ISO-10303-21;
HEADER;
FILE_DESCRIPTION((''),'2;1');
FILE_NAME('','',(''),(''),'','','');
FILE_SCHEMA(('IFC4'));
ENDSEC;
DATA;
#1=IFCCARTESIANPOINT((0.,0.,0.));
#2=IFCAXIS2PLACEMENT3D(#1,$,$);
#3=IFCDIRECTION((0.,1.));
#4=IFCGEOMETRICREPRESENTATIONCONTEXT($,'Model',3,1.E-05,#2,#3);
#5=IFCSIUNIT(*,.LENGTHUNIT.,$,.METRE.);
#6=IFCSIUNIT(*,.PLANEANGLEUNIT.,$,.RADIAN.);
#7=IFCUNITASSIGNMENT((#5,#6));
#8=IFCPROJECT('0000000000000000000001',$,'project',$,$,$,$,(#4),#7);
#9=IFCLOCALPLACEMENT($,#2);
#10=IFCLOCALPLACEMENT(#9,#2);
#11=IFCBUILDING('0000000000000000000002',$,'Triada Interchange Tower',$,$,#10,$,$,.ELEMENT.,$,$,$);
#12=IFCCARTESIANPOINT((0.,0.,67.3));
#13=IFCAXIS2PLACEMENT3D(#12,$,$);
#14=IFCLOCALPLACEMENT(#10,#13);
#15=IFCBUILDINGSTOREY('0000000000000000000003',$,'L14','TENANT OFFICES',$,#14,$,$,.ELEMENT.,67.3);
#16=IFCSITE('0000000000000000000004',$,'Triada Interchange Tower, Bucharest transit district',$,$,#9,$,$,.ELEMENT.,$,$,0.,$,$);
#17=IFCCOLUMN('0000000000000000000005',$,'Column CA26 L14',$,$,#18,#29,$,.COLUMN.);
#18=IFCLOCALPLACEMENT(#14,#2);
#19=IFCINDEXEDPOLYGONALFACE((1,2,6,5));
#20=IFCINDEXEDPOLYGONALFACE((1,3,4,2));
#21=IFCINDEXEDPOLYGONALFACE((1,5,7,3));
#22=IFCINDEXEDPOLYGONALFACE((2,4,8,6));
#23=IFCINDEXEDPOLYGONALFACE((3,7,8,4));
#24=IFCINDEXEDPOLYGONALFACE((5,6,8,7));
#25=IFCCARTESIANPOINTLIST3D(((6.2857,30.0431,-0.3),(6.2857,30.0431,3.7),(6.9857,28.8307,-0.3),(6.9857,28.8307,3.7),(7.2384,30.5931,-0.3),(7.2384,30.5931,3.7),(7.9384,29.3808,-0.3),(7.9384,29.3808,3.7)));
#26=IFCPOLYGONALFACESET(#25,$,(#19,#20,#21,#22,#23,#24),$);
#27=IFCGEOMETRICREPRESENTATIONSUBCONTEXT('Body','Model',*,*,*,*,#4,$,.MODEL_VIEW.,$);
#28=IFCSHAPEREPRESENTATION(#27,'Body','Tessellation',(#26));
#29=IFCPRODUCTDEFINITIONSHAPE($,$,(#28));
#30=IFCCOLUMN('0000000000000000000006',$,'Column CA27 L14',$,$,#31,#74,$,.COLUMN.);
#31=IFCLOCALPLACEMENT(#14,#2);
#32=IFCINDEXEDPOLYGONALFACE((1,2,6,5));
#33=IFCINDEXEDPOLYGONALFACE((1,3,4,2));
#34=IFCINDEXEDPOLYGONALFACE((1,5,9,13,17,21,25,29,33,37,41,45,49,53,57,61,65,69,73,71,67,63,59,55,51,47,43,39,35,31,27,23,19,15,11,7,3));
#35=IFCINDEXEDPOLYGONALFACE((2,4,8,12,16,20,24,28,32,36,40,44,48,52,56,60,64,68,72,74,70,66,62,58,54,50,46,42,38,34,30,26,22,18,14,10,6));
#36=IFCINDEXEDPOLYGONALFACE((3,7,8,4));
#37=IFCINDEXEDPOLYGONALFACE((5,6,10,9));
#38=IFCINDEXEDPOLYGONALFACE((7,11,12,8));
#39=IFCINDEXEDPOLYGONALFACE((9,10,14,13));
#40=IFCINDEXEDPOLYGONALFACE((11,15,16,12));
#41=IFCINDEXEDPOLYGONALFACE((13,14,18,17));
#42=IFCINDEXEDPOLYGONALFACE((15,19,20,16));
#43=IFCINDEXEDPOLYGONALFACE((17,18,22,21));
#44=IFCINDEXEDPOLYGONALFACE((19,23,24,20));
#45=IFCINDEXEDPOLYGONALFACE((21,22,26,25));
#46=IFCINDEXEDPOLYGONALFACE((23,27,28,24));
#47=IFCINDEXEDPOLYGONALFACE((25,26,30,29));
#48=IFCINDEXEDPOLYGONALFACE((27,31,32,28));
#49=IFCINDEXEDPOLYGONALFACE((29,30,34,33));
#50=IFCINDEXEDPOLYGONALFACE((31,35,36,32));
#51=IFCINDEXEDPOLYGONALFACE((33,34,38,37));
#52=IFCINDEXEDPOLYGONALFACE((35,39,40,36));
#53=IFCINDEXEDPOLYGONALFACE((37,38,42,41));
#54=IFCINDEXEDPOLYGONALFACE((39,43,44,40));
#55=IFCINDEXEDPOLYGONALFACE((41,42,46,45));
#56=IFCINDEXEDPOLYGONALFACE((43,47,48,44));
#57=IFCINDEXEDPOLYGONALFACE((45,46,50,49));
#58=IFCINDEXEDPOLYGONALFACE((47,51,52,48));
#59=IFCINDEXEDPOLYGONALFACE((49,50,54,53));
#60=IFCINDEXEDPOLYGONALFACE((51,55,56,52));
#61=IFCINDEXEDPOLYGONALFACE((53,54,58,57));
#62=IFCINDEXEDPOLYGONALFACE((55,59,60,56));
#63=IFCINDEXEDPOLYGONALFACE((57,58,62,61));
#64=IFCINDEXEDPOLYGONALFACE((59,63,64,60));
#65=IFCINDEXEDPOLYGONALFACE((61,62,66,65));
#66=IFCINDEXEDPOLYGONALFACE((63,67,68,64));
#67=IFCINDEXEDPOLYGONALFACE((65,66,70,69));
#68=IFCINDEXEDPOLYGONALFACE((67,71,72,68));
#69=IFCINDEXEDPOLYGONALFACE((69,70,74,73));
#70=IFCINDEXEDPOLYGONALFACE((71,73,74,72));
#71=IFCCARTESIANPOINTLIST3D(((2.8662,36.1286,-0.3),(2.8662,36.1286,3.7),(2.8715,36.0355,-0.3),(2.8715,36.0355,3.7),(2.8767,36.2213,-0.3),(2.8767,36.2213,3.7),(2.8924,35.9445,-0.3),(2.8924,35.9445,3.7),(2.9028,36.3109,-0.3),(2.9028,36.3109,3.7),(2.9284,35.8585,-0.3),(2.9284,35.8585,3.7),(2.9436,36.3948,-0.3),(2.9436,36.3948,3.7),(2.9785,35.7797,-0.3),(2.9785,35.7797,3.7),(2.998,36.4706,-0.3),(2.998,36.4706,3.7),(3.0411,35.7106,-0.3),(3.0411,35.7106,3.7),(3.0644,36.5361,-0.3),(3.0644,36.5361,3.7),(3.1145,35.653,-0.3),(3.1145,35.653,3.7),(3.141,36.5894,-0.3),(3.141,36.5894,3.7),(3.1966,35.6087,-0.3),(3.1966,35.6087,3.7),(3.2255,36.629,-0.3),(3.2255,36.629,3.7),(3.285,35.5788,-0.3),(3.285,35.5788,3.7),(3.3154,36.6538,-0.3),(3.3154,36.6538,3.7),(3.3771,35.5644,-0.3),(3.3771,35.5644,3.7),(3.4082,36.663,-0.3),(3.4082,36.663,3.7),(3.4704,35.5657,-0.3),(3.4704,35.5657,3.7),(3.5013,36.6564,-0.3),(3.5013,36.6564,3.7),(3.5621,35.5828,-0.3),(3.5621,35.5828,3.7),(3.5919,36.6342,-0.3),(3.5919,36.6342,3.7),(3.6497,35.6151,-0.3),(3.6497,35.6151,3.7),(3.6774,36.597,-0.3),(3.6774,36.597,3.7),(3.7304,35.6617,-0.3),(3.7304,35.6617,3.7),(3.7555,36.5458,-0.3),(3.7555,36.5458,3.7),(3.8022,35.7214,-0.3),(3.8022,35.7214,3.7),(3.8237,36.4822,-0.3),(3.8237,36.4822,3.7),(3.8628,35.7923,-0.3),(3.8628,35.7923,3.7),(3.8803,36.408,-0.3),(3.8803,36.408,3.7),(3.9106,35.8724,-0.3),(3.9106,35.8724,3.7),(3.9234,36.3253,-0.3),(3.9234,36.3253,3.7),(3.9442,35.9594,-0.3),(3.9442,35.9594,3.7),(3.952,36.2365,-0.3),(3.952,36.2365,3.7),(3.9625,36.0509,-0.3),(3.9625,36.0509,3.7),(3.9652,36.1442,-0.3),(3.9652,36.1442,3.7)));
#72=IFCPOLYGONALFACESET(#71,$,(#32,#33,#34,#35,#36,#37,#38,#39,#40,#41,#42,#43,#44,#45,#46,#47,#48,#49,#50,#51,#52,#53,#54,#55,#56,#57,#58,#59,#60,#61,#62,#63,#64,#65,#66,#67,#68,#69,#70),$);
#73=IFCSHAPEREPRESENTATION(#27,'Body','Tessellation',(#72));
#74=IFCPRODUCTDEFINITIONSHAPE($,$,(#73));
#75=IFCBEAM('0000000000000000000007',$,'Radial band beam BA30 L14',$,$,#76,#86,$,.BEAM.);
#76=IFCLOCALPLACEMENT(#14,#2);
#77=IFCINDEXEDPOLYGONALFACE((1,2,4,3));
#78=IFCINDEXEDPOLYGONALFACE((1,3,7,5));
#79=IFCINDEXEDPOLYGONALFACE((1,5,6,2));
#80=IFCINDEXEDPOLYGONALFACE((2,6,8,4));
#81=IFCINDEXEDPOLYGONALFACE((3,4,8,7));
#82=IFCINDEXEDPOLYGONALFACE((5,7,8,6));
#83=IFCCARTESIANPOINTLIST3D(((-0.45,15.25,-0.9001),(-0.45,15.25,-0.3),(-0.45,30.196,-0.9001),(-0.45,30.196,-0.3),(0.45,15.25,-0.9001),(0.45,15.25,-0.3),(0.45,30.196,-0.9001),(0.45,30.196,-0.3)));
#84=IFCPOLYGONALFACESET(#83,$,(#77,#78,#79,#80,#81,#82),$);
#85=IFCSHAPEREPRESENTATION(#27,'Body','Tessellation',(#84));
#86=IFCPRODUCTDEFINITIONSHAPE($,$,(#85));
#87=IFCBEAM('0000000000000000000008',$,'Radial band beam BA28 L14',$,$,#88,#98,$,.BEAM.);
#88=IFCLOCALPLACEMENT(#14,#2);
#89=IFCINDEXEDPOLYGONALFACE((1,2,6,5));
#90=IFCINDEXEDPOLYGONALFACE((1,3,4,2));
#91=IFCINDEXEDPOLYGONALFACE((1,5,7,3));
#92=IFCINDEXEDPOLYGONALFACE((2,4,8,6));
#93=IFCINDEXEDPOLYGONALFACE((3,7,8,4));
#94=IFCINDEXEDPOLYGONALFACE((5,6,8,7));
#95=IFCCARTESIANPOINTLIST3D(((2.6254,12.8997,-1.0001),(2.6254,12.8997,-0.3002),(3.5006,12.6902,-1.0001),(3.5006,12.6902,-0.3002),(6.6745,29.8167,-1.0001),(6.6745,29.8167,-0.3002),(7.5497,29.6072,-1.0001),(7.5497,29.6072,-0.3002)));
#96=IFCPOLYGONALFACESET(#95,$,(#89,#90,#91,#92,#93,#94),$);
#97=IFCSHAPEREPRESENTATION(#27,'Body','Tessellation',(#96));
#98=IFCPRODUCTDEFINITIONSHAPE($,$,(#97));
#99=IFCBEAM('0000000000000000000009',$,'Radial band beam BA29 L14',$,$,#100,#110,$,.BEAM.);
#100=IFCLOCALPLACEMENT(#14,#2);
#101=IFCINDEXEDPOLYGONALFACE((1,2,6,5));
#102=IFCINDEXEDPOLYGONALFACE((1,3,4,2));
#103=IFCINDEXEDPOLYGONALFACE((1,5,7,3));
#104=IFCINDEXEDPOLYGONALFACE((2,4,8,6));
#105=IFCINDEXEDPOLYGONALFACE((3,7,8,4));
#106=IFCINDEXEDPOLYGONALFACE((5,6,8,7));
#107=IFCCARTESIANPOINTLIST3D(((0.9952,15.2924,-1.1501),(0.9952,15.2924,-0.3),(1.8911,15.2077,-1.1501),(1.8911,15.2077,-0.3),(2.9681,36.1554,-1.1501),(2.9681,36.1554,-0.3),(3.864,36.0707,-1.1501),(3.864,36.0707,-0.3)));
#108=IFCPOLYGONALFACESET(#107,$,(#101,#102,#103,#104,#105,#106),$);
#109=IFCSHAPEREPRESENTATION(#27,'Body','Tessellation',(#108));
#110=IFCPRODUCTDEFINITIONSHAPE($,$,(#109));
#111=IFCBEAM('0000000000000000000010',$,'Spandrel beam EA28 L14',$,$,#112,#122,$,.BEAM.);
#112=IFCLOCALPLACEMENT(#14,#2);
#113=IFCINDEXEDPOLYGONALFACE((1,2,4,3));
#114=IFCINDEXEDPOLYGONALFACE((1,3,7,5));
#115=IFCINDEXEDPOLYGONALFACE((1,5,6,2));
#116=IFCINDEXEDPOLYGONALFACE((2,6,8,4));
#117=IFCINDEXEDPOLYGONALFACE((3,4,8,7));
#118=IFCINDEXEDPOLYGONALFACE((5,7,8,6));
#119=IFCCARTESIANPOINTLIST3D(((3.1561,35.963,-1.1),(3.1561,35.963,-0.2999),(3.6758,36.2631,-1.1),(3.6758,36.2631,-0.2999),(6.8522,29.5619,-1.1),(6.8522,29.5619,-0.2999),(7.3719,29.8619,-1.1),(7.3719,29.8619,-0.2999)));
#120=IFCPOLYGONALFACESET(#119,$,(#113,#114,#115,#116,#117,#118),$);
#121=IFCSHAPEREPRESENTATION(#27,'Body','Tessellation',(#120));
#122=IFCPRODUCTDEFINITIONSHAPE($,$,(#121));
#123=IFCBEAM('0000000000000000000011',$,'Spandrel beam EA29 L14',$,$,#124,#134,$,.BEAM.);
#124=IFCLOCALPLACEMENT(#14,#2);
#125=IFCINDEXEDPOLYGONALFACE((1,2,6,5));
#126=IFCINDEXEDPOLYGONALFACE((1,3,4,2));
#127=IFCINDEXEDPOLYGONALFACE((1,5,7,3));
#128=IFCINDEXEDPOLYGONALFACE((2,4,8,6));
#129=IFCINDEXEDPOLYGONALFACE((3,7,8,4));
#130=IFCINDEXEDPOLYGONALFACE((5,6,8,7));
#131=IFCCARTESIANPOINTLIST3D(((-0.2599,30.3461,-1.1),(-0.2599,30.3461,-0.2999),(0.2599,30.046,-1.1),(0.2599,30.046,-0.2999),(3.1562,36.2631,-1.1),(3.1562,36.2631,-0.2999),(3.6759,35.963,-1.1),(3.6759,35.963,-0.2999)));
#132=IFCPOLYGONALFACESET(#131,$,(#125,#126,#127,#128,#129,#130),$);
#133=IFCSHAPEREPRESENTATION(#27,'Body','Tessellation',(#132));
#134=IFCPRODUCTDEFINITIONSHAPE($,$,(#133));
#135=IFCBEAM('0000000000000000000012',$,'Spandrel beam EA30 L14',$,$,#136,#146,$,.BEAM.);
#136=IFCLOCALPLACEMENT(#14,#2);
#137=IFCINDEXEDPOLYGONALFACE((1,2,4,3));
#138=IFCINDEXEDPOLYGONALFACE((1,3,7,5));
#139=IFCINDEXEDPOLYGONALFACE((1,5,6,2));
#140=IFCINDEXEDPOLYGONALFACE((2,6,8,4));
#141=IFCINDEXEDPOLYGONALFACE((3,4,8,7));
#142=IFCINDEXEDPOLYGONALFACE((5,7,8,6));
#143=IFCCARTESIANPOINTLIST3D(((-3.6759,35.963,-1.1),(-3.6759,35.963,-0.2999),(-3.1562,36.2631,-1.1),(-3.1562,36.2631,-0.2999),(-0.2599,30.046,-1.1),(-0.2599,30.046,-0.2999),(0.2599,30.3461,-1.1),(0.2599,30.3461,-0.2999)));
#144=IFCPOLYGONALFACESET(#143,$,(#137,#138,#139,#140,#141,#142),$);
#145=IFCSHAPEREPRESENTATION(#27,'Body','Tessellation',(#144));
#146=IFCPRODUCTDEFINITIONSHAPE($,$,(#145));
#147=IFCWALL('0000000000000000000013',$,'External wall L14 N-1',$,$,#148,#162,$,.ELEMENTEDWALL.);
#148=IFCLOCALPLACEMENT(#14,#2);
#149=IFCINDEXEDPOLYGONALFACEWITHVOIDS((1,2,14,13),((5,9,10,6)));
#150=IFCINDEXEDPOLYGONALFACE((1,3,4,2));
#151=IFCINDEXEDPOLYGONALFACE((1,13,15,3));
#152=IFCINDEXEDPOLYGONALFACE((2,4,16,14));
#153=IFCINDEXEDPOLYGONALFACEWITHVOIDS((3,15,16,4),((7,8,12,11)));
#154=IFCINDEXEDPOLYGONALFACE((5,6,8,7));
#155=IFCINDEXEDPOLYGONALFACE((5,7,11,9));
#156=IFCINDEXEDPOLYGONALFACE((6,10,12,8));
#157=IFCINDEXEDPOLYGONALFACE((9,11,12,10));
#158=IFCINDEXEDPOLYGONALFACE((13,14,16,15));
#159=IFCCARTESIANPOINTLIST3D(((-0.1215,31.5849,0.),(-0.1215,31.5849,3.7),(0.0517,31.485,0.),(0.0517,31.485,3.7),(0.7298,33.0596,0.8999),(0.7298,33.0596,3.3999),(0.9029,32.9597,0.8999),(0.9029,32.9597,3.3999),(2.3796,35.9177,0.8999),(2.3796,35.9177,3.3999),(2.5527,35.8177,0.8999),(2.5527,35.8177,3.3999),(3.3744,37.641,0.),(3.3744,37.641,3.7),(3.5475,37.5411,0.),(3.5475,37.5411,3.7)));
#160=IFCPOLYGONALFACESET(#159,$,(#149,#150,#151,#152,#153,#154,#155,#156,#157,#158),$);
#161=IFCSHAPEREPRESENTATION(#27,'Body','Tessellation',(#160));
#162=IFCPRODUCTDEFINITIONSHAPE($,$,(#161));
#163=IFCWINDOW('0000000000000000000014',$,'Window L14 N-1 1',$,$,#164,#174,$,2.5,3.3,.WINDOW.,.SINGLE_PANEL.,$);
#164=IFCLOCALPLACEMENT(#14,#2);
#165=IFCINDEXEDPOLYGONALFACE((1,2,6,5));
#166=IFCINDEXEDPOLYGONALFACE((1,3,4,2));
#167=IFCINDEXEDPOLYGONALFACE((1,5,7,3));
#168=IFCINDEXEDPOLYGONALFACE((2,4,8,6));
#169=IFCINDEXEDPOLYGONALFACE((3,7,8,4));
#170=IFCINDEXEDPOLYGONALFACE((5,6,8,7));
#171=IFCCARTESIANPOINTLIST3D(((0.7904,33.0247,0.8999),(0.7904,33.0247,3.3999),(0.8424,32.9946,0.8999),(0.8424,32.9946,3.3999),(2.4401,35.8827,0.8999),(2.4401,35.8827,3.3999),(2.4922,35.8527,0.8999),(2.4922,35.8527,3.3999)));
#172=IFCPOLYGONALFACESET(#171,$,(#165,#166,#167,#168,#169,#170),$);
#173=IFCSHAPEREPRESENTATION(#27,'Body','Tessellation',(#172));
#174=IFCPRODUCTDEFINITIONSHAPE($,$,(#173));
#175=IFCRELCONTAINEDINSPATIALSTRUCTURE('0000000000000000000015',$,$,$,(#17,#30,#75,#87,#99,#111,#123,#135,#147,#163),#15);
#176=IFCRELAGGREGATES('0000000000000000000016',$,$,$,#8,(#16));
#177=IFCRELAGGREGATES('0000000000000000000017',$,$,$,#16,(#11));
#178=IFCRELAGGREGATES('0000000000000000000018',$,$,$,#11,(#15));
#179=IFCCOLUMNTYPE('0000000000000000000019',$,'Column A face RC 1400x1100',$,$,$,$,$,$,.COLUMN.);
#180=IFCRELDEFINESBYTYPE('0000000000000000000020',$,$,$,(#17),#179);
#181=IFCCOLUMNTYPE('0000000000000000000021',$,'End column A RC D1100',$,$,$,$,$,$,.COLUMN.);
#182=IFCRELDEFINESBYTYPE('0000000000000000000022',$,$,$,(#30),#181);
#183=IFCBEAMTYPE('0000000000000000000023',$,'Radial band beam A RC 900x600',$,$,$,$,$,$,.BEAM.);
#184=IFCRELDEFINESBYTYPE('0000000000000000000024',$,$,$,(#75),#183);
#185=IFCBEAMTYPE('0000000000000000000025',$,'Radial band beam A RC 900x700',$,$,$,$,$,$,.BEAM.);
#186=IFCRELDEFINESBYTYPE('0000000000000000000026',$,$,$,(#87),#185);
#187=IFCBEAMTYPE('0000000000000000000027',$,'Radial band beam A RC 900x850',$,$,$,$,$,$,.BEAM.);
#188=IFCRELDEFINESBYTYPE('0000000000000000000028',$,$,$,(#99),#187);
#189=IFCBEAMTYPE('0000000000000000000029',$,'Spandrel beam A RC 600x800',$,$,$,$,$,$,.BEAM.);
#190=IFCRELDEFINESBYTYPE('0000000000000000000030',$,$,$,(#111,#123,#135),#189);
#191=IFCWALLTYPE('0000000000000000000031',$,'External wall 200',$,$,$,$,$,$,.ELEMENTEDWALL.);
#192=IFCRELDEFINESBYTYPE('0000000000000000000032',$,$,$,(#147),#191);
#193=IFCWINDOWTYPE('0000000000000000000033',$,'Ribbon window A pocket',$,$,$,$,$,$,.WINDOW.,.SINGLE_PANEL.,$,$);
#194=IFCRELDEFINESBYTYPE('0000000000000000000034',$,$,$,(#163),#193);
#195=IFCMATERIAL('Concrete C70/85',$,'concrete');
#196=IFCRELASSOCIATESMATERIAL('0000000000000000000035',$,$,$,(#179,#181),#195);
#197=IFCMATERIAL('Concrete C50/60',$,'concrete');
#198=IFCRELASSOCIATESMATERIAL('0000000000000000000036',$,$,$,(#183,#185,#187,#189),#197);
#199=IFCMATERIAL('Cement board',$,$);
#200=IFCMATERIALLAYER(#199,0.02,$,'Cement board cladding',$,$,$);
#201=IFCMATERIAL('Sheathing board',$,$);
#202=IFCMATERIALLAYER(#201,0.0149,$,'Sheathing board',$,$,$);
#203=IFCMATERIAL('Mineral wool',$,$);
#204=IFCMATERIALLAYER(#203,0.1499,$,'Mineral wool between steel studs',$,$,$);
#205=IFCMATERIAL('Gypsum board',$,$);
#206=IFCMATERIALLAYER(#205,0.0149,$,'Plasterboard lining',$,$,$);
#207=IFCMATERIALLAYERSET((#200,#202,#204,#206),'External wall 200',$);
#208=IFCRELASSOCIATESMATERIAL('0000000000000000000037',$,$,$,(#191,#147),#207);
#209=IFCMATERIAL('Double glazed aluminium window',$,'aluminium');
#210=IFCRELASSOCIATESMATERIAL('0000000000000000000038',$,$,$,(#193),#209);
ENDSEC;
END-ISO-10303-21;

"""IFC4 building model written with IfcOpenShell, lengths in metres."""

from ifc_helpers import new_model, si_unit, direction, frame, frame_2d, origin, origin_2d, place, context, subcontext, project, spatial, rectangle, circle, extrude, material, layer, layer_set, layer_usage, material_profile, profile_set, type_object, element, fill, save


model = new_model("IFC4")

# Units and contexts
model_context = context("Model", 3, precision=1e-05, world=origin(), true_north=direction((0.0, 1.0)))
body_context = subcontext(model_context, "Body", "Model", "MODEL_VIEW")
ifc_project = project(units=[si_unit("LENGTHUNIT", "METRE"), si_unit("PLANEANGLEUNIT", "RADIAN")], contexts=[model_context])

# Site, building, storey
site_placement = place(None, origin())
site = spatial("IfcSite", under=ifc_project, at=site_placement, Name="Triada Interchange Tower, Bucharest transit district", CompositionType="ELEMENT", RefElevation=0.0)
building_placement = place(site_placement, origin())
building = spatial("IfcBuilding", under=site, at=building_placement, Name="Triada Interchange Tower", CompositionType="ELEMENT")
storey_placement = place(building_placement, frame((0.0, 0.0, 67.3)))
storey = spatial("IfcBuildingStorey", under=building, at=storey_placement, Name="L14", Description="TENANT OFFICES", CompositionType="ELEMENT", Elevation=67.3)

# Columns
ifc_material_1 = material(Name="Concrete C70/85", Category="concrete")
ifc_material_profile_1 = material_profile(ifc_material_1, rectangle(XDim=1.3999, YDim=1.1001, at=origin_2d()), Name="RC 1400x1100")
ifc_profile_set_1 = profile_set([ifc_material_profile_1], Name="Concrete C70/85")
column_type_1 = type_object("IfcColumnType", Name="Column A face RC 1400x1100", PredefinedType="COLUMN", material=ifc_profile_set_1)
column_1_placement = place(storey_placement, frame((7.1121, 29.7119, -0.3), z_axis=(0.0, 0.0, 1.0), x_axis=(-0.5, 0.866025, 0.0)))
element("IfcColumn", 1, at=column_1_placement, inside=storey, type_object=column_type_1, Name="Column CA26 L14", PredefinedType="COLUMN", context=body_context, shape_type="SweptSolid", body=[
    extrude(rectangle(XDim=1.3999, YDim=1.1001, at=origin_2d()), origin(), (0.0, 0.0, 1.0), 4.0),
])
ifc_material_profile_2 = material_profile(ifc_material_1, circle(Radius=0.55, at=origin_2d()), Name="RC D1100")
ifc_profile_set_2 = profile_set([ifc_material_profile_2], Name="Concrete C70/85")
column_type_2 = type_object("IfcColumnType", Name="End column A RC D1100", PredefinedType="COLUMN", material=ifc_profile_set_2)
column_2_placement = place(storey_placement, frame((3.416, 36.113, -0.3), z_axis=(0.0, 0.0, 1.0), x_axis=(-0.5, 0.866025, 0.0)))
element("IfcColumn", 2, at=column_2_placement, inside=storey, type_object=column_type_2, Name="Column CA27 L14", PredefinedType="COLUMN", context=body_context, shape_type="SweptSolid", body=[
    extrude(circle(Radius=0.55, at=origin_2d()), origin(), (0.0, 0.0, 1.0), 4.0),
])

# Beams
ifc_material_2 = material(Name="Concrete C50/60", Category="concrete")
ifc_material_profile_3 = material_profile(ifc_material_2, rectangle(XDim=0.8999, YDim=0.6001, at=origin_2d()), Name="RC 900x600")
ifc_profile_set_3 = profile_set([ifc_material_profile_3], Name="Concrete C50/60")
beam_type_1 = type_object("IfcBeamType", Name="Radial band beam A RC 900x600", PredefinedType="BEAM", material=ifc_profile_set_3)
beam_1_placement = place(storey_placement, frame((0.0, 30.196, -0.6001), z_axis=(0.0, -1.0, 0.0), x_axis=(1.0, 0.0, 0.0)))
element("IfcBeam", 3, at=beam_1_placement, inside=storey, type_object=beam_type_1, Name="Radial band beam BA30 L14", PredefinedType="BEAM", context=body_context, shape_type="SweptSolid", body=[
    extrude(rectangle(XDim=0.8999, YDim=0.6001, at=origin_2d()), origin(), (0.0, 0.0, 1.0), 14.946),
])
ifc_material_profile_4 = material_profile(ifc_material_2, rectangle(XDim=0.8999, YDim=0.7, at=origin_2d()), Name="RC 900x700")
ifc_profile_set_4 = profile_set([ifc_material_profile_4], Name="Concrete C50/60")
beam_type_2 = type_object("IfcBeamType", Name="Radial band beam A RC 900x700", PredefinedType="BEAM", material=ifc_profile_set_4)
beam_2_placement = place(storey_placement, frame((7.1121, 29.7119, -0.6501), z_axis=(-0.232775, -0.972531, 0.0), x_axis=(0.972531, -0.232775, 0.0)))
element("IfcBeam", 4, at=beam_2_placement, inside=storey, type_object=beam_type_2, Name="Radial band beam BA28 L14", PredefinedType="BEAM", context=body_context, shape_type="SweptSolid", body=[
    extrude(rectangle(XDim=0.8999, YDim=0.7, at=origin_2d()), origin(), (0.0, 0.0, 1.0), 17.3948),
])
ifc_material_profile_5 = material_profile(ifc_material_2, rectangle(XDim=0.8999, YDim=0.8501, at=origin_2d()), Name="RC 900x850")
ifc_profile_set_5 = profile_set([ifc_material_profile_5], Name="Concrete C50/60")
beam_type_3 = type_object("IfcBeamType", Name="Radial band beam A RC 900x850", PredefinedType="BEAM", material=ifc_profile_set_5)
beam_3_placement = place(storey_placement, frame((3.416, 36.113, -0.7251), z_axis=(-0.094144, -0.995559, 0.0), x_axis=(0.995559, -0.094144, 0.0)))
element("IfcBeam", 5, at=beam_3_placement, inside=storey, type_object=beam_type_3, Name="Radial band beam BA29 L14", PredefinedType="BEAM", context=body_context, shape_type="SweptSolid", body=[
    extrude(rectangle(XDim=0.8999, YDim=0.8501, at=origin_2d()), origin(), (0.0, 0.0, 1.0), 20.9561),
])
ifc_material_profile_6 = material_profile(ifc_material_2, rectangle(XDim=0.6001, YDim=0.8, at=origin_2d()), Name="RC 600x800")
ifc_profile_set_6 = profile_set([ifc_material_profile_6], Name="Concrete C50/60")
beam_type_4 = type_object("IfcBeamType", Name="Spandrel beam A RC 600x800", PredefinedType="BEAM", material=ifc_profile_set_6)
beam_4_placement = place(storey_placement, frame((7.1121, 29.7119, -0.7), z_axis=(-0.500036, 0.866005, 0.0), x_axis=(-0.866005, -0.500036, 0.0)))
element("IfcBeam", 6, at=beam_4_placement, inside=storey, type_object=beam_type_4, Name="Spandrel beam EA28 L14", PredefinedType="BEAM", context=body_context, shape_type="SweptSolid", body=[
    extrude(rectangle(XDim=0.6001, YDim=0.8, at=origin_2d()), origin(), (0.0, 0.0, 1.0), 7.3916),
])
for number, where, z_axis, x_axis, name in (
    (7, (3.416, 36.113, -0.7), (-0.499982, -0.866036, 0.0), (0.866036, -0.499982, 0.0), "Spandrel beam EA29 L14"),
    (8, (0.0, 30.196, -0.7), (-0.499982, 0.866036, 0.0), (-0.866036, -0.499982, 0.0), "Spandrel beam EA30 L14"),
):
    element("IfcBeam", number, at=place(storey_placement, frame(where, z_axis=z_axis, x_axis=x_axis)), inside=storey, type_object=beam_type_4, Name=name, PredefinedType="BEAM", context=body_context, shape_type="SweptSolid", body=[
        extrude(rectangle(XDim=0.6001, YDim=0.8, at=origin_2d()), origin(), (0.0, 0.0, 1.0), 6.8323),
    ])

# Wall, opening, window
ifc_material_3 = material(Name="Cement board")
ifc_layer_1 = layer(ifc_material_3, 0.02, Name="Cement board cladding")
ifc_material_4 = material(Name="Sheathing board")
ifc_layer_2 = layer(ifc_material_4, 0.0149, Name="Sheathing board")
ifc_material_5 = material(Name="Mineral wool")
ifc_layer_3 = layer(ifc_material_5, 0.1499, Name="Mineral wool between steel studs")
ifc_material_6 = material(Name="Gypsum board")
ifc_layer_4 = layer(ifc_material_6, 0.0149, Name="Plasterboard lining")
ifc_layer_set_1 = layer_set([ifc_layer_1, ifc_layer_2, ifc_layer_3, ifc_layer_4], Name="External wall 200")
ifc_layer_usage = layer_usage(ifc_layer_set_1, "AXIS2", "POSITIVE", -0.1001)
wall_type_1 = type_object("IfcWallType", Name="External wall 200", PredefinedType="ELEMENTEDWALL", material=ifc_layer_set_1)
wall_1_placement = place(storey_placement, frame((3.4609, 37.5911, 0.0), z_axis=(0.0, 0.0, 1.0), x_axis=(-0.499928, -0.866067, 0.0)))
wall_1 = element("IfcWall", 9, at=wall_1_placement, inside=storey, type_object=wall_type_1, material=ifc_layer_usage, Name="External wall L14 N-1", PredefinedType="ELEMENTEDWALL", context=body_context, shape_type="SweptSolid", body=[
    extrude(rectangle(XDim=6.9927, YDim=0.2, at=frame_2d((3.4963, 0.0))), origin(), (0.0, 0.0, 1.0), 3.7),
])
opening_1_placement = place(wall_1_placement, frame((1.99, 0.0, 0.8999)))
opening_1 = element("IfcOpeningElement", 10, at=opening_1_placement, cuts=wall_1, PredefinedType="OPENING", context=body_context, shape_type="SweptSolid", body=[
    extrude(rectangle(XDim=3.3, YDim=2.5, at=frame_2d((1.6499, 1.25))), frame((0.0, 0.1099, 0.0), z_axis=(0.0, -1.0, 0.0), x_axis=(1.0, 0.0, 0.0)), (0.0, 0.0, 1.0), 0.22),
])
ifc_material_7 = material(Name="Double glazed aluminium window", Category="aluminium")
window_type = type_object("IfcWindowType", Name="Ribbon window A pocket", PartitioningType="SINGLE_PANEL", PredefinedType="WINDOW", material=ifc_material_7)
window_1_placement = place(opening_1_placement, origin())
window_1 = element("IfcWindow", 11, at=window_1_placement, inside=storey, type_object=window_type, Name="Window L14 N-1 1", OverallHeight=2.5, OverallWidth=3.3, PartitioningType="SINGLE_PANEL", PredefinedType="WINDOW", context=body_context, shape_type="SweptSolid", body=[
    extrude(rectangle(XDim=3.3, YDim=2.5, at=frame_2d((1.6499, 1.25))), frame((0.0, 0.03, 0.0), z_axis=(0.0, -1.0, 0.0), x_axis=(1.0, 0.0, 0.0)), (0.0, 0.0, 1.0), 0.0601),
])
fill(opening_1, window_1)

save(model, "model.ifc")
